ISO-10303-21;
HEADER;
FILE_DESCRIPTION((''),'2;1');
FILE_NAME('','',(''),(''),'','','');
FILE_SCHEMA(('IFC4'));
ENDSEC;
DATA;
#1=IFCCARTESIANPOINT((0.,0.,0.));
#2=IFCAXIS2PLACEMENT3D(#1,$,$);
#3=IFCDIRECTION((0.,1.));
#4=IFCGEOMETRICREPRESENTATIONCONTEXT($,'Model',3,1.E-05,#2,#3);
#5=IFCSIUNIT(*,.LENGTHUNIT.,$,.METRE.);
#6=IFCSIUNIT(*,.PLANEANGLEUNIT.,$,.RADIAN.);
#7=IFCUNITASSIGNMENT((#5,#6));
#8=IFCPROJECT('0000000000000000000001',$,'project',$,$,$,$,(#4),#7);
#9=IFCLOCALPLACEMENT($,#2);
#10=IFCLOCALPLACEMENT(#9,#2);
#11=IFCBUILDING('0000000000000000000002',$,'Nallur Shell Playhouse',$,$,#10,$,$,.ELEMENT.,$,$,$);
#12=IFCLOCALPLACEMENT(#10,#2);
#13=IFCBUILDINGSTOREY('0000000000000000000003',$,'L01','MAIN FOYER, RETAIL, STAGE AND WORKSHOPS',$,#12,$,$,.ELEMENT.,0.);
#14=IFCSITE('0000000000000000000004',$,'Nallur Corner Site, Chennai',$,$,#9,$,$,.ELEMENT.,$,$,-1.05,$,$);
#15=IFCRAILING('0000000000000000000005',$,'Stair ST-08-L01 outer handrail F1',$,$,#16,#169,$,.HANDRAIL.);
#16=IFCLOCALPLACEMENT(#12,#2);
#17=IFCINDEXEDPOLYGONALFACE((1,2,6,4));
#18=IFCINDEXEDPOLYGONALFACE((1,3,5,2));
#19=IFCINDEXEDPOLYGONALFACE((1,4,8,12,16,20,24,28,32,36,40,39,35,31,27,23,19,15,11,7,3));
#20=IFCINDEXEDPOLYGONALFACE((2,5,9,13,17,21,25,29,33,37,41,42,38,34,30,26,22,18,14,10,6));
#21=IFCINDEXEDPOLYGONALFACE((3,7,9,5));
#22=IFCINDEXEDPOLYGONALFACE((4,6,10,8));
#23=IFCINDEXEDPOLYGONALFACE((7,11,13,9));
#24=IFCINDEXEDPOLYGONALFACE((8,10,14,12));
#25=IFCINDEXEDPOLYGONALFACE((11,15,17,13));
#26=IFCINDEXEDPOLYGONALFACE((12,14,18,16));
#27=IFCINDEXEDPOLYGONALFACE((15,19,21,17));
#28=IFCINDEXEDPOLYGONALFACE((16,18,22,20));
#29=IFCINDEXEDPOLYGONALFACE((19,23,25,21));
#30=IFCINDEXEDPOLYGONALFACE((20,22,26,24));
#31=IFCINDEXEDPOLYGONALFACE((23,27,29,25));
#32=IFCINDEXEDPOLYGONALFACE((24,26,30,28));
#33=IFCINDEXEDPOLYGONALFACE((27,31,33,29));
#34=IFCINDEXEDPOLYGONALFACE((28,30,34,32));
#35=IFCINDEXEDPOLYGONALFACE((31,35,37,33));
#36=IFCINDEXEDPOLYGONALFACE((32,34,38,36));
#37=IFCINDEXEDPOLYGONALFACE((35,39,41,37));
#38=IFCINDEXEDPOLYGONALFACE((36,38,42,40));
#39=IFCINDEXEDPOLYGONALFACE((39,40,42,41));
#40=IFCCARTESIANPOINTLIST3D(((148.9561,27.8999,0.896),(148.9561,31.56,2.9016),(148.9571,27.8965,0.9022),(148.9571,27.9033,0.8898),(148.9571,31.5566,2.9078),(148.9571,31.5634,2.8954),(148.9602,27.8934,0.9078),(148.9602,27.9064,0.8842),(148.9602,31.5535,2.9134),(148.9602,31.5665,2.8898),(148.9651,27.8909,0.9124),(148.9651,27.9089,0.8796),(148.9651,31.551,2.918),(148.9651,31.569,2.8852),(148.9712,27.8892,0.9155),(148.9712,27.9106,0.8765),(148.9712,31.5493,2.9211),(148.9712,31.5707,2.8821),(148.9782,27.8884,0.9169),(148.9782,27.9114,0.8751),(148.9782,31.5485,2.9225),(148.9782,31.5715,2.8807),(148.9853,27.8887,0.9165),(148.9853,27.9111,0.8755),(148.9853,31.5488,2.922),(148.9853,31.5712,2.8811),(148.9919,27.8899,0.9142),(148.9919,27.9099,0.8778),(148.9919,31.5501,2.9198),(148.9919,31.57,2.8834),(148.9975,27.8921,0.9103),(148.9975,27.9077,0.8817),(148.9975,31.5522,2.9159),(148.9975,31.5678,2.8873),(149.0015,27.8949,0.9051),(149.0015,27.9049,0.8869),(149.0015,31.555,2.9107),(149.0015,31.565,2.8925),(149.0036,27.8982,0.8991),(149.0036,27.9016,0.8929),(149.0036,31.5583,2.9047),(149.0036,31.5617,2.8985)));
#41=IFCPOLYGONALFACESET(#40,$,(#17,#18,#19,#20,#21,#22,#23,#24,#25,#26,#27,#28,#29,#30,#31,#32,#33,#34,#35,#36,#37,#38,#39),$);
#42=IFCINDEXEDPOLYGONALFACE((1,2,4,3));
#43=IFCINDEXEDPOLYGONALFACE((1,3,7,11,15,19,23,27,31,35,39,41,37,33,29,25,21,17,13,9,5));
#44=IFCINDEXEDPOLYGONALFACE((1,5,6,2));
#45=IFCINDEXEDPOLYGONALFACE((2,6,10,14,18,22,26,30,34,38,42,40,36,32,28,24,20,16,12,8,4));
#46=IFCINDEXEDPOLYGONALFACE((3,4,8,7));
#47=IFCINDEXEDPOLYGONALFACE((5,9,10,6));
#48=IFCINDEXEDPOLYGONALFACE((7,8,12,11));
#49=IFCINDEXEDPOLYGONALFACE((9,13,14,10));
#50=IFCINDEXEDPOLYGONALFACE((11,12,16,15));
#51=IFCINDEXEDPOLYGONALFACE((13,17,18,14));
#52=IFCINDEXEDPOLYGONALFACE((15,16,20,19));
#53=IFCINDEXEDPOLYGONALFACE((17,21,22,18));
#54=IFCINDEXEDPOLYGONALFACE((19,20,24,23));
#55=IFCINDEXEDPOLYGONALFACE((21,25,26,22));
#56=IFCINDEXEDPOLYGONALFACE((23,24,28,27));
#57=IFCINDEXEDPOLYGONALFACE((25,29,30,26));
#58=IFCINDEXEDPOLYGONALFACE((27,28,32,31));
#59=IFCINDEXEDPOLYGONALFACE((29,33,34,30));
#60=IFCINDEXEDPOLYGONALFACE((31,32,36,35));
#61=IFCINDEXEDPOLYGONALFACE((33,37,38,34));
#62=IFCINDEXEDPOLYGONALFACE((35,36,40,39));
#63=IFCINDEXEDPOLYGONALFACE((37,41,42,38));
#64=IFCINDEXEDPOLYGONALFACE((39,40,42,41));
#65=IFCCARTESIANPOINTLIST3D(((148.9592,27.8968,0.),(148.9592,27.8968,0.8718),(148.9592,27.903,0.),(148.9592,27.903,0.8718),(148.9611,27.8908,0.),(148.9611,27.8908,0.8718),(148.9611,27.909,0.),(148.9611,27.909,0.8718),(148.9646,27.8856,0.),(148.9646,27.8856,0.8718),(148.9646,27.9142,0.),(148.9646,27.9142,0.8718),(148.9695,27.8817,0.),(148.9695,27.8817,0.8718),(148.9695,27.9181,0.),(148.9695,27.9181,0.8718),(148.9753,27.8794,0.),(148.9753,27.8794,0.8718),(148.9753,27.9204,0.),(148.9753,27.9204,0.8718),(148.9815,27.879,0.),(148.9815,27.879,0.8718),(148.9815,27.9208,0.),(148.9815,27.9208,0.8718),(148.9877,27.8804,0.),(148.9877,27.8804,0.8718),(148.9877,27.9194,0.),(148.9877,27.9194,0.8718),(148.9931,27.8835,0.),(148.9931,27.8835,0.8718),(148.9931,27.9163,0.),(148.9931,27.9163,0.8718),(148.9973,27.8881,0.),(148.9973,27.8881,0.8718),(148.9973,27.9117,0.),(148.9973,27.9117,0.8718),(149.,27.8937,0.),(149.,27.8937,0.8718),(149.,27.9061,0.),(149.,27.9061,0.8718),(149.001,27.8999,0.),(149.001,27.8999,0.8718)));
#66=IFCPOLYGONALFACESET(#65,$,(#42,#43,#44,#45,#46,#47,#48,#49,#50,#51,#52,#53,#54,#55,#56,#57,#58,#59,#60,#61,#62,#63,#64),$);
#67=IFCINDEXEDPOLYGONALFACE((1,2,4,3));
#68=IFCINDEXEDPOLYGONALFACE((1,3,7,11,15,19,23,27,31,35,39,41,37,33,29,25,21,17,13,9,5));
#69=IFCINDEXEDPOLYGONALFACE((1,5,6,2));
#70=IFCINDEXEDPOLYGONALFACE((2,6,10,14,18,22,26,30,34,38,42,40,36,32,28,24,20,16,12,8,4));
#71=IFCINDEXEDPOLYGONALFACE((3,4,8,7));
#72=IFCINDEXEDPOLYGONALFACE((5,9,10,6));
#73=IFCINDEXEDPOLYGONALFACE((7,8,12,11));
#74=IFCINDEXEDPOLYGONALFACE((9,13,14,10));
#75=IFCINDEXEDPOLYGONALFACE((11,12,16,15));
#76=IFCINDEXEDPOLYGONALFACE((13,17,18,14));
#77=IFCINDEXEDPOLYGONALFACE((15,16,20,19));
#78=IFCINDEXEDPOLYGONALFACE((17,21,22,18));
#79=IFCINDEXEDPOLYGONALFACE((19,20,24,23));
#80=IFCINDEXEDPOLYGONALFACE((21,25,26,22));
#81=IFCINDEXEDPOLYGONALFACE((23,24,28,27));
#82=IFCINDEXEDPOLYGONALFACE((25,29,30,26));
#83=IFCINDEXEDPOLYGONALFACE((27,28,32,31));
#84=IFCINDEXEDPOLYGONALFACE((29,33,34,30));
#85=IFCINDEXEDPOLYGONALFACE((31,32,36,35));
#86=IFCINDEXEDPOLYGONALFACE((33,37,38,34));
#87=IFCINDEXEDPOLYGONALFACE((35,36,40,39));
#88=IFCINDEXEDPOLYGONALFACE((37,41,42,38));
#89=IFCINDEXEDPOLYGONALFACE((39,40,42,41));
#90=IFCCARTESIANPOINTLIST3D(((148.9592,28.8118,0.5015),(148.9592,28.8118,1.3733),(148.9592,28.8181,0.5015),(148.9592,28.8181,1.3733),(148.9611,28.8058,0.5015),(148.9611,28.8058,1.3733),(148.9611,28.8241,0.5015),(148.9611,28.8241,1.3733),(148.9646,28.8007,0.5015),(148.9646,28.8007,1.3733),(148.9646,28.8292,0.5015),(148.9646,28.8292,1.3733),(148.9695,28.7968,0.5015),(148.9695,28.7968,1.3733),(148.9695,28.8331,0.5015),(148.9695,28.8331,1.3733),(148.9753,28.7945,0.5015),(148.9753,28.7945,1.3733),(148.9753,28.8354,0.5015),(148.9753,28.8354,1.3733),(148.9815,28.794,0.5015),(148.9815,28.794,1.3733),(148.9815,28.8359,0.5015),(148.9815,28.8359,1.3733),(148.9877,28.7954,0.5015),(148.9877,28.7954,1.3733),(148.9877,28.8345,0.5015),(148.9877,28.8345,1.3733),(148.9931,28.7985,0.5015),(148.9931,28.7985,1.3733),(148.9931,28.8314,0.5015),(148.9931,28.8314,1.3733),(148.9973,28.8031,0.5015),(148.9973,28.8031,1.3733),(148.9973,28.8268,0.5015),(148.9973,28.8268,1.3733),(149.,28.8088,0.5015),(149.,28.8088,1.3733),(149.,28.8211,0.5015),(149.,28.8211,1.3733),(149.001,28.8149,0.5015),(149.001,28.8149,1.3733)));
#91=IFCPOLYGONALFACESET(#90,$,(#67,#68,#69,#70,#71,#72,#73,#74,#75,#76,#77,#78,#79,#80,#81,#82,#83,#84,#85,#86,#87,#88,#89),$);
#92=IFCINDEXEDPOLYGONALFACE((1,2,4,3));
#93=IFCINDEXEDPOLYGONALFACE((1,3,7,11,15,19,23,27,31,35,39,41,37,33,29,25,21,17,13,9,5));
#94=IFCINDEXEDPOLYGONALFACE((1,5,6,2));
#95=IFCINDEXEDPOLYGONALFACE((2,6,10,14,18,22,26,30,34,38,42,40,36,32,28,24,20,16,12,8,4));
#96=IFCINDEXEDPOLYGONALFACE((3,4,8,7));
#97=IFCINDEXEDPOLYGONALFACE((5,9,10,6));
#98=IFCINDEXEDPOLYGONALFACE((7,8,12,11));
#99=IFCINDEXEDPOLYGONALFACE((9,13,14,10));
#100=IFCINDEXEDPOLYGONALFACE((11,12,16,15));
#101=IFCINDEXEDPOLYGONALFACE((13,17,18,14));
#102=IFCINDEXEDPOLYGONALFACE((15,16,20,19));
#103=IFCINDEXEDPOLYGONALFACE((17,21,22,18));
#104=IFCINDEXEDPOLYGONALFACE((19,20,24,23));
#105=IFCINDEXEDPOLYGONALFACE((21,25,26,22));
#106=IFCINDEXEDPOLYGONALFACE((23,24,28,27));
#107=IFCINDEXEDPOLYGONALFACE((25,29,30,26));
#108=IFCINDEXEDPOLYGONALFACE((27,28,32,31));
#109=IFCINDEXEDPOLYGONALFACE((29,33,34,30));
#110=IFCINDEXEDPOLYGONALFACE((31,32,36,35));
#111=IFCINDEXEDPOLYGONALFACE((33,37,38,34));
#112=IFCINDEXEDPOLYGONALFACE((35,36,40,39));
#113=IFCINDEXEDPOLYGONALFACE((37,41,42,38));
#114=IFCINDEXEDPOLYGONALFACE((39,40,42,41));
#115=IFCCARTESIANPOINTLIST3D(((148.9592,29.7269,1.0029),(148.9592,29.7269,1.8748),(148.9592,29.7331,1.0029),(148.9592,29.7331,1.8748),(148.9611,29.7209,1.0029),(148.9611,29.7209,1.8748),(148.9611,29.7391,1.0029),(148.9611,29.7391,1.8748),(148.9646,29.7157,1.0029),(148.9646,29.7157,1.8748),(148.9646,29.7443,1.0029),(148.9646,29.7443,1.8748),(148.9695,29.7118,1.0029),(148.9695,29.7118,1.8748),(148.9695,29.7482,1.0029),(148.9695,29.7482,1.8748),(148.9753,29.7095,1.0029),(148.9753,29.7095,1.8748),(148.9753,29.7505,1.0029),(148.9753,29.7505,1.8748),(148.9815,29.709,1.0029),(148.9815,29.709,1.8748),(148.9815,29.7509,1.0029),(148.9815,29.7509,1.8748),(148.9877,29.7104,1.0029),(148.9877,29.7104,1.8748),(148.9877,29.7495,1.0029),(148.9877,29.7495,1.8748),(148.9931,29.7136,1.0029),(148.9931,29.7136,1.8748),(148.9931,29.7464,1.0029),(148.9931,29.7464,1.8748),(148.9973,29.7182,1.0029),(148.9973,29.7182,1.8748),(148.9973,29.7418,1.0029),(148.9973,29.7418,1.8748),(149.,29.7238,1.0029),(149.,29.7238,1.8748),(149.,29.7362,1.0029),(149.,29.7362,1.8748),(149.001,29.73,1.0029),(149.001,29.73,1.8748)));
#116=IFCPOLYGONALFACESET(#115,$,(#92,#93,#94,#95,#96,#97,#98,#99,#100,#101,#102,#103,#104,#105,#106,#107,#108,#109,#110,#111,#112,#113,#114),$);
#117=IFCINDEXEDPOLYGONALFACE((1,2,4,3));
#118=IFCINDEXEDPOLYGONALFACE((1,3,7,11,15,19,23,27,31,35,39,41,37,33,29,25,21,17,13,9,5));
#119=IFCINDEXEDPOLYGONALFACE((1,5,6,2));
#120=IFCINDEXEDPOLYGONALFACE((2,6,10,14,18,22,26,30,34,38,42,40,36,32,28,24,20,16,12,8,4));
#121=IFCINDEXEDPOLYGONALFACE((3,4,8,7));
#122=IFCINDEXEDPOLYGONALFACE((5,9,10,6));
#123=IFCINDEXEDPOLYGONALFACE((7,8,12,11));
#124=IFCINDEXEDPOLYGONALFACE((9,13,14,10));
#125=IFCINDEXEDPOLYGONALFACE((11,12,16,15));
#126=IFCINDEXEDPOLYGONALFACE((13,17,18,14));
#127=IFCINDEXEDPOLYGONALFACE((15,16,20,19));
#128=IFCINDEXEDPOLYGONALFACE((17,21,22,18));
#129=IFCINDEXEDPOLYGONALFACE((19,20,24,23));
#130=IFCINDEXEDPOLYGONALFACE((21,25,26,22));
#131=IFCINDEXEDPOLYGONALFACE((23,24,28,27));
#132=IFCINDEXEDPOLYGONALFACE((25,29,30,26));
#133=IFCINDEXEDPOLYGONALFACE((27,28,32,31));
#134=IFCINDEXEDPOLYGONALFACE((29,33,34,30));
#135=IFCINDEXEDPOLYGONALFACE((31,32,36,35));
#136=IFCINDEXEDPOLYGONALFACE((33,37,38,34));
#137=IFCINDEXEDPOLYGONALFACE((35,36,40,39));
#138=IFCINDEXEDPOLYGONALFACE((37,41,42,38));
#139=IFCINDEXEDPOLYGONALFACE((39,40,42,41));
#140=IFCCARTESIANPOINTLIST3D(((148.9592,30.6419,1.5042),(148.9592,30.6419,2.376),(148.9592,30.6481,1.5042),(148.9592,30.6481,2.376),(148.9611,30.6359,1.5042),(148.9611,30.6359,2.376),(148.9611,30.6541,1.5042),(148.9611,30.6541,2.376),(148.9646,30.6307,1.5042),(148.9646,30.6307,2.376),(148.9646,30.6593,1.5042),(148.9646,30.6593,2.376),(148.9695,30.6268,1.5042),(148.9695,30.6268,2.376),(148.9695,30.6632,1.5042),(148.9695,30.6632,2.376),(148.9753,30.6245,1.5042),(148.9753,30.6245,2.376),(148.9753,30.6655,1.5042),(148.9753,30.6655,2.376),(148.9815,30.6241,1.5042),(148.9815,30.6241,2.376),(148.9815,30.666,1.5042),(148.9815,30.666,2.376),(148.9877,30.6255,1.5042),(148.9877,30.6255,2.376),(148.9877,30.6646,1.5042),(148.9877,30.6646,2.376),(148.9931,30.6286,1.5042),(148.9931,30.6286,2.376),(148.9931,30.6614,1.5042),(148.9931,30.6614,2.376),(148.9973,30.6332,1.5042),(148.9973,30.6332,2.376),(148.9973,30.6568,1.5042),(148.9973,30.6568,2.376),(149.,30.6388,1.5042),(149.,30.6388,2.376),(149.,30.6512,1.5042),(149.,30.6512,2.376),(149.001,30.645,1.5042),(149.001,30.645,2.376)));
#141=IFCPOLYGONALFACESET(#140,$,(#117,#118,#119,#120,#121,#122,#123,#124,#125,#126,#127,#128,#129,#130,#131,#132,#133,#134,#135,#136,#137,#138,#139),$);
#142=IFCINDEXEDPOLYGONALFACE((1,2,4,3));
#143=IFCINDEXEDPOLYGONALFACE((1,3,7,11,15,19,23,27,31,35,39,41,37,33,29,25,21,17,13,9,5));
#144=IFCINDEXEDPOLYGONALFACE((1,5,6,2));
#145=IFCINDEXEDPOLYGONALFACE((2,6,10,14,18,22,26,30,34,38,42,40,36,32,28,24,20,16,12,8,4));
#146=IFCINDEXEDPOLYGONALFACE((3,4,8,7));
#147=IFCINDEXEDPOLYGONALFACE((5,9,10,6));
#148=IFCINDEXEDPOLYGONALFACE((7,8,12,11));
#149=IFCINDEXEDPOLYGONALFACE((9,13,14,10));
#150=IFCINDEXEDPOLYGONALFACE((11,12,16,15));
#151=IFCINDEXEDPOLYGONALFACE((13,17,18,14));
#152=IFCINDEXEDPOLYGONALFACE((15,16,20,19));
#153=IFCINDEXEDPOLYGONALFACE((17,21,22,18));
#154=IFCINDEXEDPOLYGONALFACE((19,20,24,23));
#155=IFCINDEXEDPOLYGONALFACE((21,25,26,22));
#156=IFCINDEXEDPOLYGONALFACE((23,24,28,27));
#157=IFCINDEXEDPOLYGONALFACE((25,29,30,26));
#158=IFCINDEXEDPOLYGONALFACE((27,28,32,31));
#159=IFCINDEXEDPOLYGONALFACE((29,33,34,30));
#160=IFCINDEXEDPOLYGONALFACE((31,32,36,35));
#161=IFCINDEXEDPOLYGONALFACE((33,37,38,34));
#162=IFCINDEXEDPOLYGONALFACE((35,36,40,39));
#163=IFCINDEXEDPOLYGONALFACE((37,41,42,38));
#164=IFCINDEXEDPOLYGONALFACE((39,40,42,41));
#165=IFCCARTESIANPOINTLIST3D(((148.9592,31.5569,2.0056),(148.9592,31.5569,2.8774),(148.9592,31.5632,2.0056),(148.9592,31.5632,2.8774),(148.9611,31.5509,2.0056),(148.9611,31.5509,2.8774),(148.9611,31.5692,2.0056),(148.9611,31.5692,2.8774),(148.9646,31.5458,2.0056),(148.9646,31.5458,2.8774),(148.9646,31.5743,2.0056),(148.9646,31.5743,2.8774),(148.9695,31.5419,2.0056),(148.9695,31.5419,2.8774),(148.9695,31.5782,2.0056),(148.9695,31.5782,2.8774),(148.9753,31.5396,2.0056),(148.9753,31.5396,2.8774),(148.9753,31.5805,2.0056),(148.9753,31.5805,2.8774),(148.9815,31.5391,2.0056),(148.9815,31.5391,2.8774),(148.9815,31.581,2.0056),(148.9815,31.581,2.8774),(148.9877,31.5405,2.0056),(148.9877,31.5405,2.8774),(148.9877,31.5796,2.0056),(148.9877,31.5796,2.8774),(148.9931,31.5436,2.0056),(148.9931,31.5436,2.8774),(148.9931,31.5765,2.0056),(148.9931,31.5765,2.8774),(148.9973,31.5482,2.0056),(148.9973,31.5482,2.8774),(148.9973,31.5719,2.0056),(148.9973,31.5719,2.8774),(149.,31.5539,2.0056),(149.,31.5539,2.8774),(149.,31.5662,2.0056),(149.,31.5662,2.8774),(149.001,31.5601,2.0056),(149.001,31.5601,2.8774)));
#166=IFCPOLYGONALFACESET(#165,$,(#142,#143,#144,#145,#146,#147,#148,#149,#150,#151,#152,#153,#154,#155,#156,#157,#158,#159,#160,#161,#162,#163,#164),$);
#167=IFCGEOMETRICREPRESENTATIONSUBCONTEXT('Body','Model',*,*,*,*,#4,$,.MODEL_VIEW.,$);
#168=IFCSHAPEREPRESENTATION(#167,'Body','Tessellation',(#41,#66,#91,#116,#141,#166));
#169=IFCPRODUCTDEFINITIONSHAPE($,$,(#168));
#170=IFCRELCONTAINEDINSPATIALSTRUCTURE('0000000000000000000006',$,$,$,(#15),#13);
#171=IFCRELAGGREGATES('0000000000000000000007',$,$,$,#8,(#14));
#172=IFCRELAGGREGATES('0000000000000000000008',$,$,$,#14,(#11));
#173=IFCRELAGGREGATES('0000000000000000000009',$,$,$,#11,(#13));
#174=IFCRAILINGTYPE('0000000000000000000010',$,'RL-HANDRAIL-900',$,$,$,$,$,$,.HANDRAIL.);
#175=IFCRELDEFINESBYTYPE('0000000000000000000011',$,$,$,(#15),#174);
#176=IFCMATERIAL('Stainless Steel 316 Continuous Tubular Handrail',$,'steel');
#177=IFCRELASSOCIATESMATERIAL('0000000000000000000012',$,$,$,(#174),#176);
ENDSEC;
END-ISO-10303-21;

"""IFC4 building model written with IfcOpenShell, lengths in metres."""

from ifc_helpers import new_model, si_unit, direction, frame, origin, origin_2d, place, context, subcontext, project, spatial, circle, extrude, material, type_object, element, save


model = new_model("IFC4")

# Units and contexts
model_context = context("Model", 3, precision=1e-05, world=origin(), true_north=direction((0.0, 1.0)))
body_context = subcontext(model_context, "Body", "Model", "MODEL_VIEW")
ifc_project = project(units=[si_unit("LENGTHUNIT", "METRE"), si_unit("PLANEANGLEUNIT", "RADIAN")], contexts=[model_context])

# Site, building, storey
site_placement = place(None, origin())
site = spatial("IfcSite", under=ifc_project, at=site_placement, Name="Nallur Corner Site, Chennai", CompositionType="ELEMENT", RefElevation=-1.05)
building_placement = place(site_placement, origin())
building = spatial("IfcBuilding", under=site, at=building_placement, Name="Nallur Shell Playhouse", CompositionType="ELEMENT")
storey_placement = place(building_placement, origin())
storey = spatial("IfcBuildingStorey", under=building, at=storey_placement, Name="L01", Description="MAIN FOYER, RETAIL, STAGE AND WORKSHOPS", CompositionType="ELEMENT", Elevation=0.0)

# Railing
ifc_material_1 = material(Name="Stainless Steel 316 Continuous Tubular Handrail", Category="steel")
railing_type = type_object("IfcRailingType", Name="RL-HANDRAIL-900", PredefinedType="HANDRAIL", material=ifc_material_1)
railing_placement = place(storey_placement, frame((148.98, 27.8999, 0.0)))
element("IfcRailing", 1, at=railing_placement, inside=storey, type_object=railing_type, Name="Stair ST-08-L01 outer handrail F1", PredefinedType="HANDRAIL", context=body_context, shape_type="SweptSolid", body=[
    extrude(circle(Radius=0.0239, at=origin_2d()), frame((0.0, 0.0, 0.896), z_axis=(0.0, 0.876971, 0.480544), x_axis=(-1.0, 0.0, 0.0)), (0.0, 0.0, 1.0), 4.1736),
    extrude(circle(Radius=0.021, at=origin_2d()), origin(), (0.0, 0.0, 1.0), 0.8718),
    extrude(circle(Radius=0.021, at=origin_2d()), frame((0.0, 0.915, 0.5015)), (0.0, 0.0, 1.0), 0.8718),
    extrude(circle(Radius=0.021, at=origin_2d()), frame((0.0, 1.8301, 1.0029)), (0.0, 0.0, 1.0), 0.8718),
    extrude(circle(Radius=0.021, at=origin_2d()), frame((0.0, 2.7451, 1.5042)), (0.0, 0.0, 1.0), 0.8718),
    extrude(circle(Radius=0.021, at=origin_2d()), frame((0.0, 3.6602, 2.0056)), (0.0, 0.0, 1.0), 0.8718),
])

save(model, "model.ifc")
